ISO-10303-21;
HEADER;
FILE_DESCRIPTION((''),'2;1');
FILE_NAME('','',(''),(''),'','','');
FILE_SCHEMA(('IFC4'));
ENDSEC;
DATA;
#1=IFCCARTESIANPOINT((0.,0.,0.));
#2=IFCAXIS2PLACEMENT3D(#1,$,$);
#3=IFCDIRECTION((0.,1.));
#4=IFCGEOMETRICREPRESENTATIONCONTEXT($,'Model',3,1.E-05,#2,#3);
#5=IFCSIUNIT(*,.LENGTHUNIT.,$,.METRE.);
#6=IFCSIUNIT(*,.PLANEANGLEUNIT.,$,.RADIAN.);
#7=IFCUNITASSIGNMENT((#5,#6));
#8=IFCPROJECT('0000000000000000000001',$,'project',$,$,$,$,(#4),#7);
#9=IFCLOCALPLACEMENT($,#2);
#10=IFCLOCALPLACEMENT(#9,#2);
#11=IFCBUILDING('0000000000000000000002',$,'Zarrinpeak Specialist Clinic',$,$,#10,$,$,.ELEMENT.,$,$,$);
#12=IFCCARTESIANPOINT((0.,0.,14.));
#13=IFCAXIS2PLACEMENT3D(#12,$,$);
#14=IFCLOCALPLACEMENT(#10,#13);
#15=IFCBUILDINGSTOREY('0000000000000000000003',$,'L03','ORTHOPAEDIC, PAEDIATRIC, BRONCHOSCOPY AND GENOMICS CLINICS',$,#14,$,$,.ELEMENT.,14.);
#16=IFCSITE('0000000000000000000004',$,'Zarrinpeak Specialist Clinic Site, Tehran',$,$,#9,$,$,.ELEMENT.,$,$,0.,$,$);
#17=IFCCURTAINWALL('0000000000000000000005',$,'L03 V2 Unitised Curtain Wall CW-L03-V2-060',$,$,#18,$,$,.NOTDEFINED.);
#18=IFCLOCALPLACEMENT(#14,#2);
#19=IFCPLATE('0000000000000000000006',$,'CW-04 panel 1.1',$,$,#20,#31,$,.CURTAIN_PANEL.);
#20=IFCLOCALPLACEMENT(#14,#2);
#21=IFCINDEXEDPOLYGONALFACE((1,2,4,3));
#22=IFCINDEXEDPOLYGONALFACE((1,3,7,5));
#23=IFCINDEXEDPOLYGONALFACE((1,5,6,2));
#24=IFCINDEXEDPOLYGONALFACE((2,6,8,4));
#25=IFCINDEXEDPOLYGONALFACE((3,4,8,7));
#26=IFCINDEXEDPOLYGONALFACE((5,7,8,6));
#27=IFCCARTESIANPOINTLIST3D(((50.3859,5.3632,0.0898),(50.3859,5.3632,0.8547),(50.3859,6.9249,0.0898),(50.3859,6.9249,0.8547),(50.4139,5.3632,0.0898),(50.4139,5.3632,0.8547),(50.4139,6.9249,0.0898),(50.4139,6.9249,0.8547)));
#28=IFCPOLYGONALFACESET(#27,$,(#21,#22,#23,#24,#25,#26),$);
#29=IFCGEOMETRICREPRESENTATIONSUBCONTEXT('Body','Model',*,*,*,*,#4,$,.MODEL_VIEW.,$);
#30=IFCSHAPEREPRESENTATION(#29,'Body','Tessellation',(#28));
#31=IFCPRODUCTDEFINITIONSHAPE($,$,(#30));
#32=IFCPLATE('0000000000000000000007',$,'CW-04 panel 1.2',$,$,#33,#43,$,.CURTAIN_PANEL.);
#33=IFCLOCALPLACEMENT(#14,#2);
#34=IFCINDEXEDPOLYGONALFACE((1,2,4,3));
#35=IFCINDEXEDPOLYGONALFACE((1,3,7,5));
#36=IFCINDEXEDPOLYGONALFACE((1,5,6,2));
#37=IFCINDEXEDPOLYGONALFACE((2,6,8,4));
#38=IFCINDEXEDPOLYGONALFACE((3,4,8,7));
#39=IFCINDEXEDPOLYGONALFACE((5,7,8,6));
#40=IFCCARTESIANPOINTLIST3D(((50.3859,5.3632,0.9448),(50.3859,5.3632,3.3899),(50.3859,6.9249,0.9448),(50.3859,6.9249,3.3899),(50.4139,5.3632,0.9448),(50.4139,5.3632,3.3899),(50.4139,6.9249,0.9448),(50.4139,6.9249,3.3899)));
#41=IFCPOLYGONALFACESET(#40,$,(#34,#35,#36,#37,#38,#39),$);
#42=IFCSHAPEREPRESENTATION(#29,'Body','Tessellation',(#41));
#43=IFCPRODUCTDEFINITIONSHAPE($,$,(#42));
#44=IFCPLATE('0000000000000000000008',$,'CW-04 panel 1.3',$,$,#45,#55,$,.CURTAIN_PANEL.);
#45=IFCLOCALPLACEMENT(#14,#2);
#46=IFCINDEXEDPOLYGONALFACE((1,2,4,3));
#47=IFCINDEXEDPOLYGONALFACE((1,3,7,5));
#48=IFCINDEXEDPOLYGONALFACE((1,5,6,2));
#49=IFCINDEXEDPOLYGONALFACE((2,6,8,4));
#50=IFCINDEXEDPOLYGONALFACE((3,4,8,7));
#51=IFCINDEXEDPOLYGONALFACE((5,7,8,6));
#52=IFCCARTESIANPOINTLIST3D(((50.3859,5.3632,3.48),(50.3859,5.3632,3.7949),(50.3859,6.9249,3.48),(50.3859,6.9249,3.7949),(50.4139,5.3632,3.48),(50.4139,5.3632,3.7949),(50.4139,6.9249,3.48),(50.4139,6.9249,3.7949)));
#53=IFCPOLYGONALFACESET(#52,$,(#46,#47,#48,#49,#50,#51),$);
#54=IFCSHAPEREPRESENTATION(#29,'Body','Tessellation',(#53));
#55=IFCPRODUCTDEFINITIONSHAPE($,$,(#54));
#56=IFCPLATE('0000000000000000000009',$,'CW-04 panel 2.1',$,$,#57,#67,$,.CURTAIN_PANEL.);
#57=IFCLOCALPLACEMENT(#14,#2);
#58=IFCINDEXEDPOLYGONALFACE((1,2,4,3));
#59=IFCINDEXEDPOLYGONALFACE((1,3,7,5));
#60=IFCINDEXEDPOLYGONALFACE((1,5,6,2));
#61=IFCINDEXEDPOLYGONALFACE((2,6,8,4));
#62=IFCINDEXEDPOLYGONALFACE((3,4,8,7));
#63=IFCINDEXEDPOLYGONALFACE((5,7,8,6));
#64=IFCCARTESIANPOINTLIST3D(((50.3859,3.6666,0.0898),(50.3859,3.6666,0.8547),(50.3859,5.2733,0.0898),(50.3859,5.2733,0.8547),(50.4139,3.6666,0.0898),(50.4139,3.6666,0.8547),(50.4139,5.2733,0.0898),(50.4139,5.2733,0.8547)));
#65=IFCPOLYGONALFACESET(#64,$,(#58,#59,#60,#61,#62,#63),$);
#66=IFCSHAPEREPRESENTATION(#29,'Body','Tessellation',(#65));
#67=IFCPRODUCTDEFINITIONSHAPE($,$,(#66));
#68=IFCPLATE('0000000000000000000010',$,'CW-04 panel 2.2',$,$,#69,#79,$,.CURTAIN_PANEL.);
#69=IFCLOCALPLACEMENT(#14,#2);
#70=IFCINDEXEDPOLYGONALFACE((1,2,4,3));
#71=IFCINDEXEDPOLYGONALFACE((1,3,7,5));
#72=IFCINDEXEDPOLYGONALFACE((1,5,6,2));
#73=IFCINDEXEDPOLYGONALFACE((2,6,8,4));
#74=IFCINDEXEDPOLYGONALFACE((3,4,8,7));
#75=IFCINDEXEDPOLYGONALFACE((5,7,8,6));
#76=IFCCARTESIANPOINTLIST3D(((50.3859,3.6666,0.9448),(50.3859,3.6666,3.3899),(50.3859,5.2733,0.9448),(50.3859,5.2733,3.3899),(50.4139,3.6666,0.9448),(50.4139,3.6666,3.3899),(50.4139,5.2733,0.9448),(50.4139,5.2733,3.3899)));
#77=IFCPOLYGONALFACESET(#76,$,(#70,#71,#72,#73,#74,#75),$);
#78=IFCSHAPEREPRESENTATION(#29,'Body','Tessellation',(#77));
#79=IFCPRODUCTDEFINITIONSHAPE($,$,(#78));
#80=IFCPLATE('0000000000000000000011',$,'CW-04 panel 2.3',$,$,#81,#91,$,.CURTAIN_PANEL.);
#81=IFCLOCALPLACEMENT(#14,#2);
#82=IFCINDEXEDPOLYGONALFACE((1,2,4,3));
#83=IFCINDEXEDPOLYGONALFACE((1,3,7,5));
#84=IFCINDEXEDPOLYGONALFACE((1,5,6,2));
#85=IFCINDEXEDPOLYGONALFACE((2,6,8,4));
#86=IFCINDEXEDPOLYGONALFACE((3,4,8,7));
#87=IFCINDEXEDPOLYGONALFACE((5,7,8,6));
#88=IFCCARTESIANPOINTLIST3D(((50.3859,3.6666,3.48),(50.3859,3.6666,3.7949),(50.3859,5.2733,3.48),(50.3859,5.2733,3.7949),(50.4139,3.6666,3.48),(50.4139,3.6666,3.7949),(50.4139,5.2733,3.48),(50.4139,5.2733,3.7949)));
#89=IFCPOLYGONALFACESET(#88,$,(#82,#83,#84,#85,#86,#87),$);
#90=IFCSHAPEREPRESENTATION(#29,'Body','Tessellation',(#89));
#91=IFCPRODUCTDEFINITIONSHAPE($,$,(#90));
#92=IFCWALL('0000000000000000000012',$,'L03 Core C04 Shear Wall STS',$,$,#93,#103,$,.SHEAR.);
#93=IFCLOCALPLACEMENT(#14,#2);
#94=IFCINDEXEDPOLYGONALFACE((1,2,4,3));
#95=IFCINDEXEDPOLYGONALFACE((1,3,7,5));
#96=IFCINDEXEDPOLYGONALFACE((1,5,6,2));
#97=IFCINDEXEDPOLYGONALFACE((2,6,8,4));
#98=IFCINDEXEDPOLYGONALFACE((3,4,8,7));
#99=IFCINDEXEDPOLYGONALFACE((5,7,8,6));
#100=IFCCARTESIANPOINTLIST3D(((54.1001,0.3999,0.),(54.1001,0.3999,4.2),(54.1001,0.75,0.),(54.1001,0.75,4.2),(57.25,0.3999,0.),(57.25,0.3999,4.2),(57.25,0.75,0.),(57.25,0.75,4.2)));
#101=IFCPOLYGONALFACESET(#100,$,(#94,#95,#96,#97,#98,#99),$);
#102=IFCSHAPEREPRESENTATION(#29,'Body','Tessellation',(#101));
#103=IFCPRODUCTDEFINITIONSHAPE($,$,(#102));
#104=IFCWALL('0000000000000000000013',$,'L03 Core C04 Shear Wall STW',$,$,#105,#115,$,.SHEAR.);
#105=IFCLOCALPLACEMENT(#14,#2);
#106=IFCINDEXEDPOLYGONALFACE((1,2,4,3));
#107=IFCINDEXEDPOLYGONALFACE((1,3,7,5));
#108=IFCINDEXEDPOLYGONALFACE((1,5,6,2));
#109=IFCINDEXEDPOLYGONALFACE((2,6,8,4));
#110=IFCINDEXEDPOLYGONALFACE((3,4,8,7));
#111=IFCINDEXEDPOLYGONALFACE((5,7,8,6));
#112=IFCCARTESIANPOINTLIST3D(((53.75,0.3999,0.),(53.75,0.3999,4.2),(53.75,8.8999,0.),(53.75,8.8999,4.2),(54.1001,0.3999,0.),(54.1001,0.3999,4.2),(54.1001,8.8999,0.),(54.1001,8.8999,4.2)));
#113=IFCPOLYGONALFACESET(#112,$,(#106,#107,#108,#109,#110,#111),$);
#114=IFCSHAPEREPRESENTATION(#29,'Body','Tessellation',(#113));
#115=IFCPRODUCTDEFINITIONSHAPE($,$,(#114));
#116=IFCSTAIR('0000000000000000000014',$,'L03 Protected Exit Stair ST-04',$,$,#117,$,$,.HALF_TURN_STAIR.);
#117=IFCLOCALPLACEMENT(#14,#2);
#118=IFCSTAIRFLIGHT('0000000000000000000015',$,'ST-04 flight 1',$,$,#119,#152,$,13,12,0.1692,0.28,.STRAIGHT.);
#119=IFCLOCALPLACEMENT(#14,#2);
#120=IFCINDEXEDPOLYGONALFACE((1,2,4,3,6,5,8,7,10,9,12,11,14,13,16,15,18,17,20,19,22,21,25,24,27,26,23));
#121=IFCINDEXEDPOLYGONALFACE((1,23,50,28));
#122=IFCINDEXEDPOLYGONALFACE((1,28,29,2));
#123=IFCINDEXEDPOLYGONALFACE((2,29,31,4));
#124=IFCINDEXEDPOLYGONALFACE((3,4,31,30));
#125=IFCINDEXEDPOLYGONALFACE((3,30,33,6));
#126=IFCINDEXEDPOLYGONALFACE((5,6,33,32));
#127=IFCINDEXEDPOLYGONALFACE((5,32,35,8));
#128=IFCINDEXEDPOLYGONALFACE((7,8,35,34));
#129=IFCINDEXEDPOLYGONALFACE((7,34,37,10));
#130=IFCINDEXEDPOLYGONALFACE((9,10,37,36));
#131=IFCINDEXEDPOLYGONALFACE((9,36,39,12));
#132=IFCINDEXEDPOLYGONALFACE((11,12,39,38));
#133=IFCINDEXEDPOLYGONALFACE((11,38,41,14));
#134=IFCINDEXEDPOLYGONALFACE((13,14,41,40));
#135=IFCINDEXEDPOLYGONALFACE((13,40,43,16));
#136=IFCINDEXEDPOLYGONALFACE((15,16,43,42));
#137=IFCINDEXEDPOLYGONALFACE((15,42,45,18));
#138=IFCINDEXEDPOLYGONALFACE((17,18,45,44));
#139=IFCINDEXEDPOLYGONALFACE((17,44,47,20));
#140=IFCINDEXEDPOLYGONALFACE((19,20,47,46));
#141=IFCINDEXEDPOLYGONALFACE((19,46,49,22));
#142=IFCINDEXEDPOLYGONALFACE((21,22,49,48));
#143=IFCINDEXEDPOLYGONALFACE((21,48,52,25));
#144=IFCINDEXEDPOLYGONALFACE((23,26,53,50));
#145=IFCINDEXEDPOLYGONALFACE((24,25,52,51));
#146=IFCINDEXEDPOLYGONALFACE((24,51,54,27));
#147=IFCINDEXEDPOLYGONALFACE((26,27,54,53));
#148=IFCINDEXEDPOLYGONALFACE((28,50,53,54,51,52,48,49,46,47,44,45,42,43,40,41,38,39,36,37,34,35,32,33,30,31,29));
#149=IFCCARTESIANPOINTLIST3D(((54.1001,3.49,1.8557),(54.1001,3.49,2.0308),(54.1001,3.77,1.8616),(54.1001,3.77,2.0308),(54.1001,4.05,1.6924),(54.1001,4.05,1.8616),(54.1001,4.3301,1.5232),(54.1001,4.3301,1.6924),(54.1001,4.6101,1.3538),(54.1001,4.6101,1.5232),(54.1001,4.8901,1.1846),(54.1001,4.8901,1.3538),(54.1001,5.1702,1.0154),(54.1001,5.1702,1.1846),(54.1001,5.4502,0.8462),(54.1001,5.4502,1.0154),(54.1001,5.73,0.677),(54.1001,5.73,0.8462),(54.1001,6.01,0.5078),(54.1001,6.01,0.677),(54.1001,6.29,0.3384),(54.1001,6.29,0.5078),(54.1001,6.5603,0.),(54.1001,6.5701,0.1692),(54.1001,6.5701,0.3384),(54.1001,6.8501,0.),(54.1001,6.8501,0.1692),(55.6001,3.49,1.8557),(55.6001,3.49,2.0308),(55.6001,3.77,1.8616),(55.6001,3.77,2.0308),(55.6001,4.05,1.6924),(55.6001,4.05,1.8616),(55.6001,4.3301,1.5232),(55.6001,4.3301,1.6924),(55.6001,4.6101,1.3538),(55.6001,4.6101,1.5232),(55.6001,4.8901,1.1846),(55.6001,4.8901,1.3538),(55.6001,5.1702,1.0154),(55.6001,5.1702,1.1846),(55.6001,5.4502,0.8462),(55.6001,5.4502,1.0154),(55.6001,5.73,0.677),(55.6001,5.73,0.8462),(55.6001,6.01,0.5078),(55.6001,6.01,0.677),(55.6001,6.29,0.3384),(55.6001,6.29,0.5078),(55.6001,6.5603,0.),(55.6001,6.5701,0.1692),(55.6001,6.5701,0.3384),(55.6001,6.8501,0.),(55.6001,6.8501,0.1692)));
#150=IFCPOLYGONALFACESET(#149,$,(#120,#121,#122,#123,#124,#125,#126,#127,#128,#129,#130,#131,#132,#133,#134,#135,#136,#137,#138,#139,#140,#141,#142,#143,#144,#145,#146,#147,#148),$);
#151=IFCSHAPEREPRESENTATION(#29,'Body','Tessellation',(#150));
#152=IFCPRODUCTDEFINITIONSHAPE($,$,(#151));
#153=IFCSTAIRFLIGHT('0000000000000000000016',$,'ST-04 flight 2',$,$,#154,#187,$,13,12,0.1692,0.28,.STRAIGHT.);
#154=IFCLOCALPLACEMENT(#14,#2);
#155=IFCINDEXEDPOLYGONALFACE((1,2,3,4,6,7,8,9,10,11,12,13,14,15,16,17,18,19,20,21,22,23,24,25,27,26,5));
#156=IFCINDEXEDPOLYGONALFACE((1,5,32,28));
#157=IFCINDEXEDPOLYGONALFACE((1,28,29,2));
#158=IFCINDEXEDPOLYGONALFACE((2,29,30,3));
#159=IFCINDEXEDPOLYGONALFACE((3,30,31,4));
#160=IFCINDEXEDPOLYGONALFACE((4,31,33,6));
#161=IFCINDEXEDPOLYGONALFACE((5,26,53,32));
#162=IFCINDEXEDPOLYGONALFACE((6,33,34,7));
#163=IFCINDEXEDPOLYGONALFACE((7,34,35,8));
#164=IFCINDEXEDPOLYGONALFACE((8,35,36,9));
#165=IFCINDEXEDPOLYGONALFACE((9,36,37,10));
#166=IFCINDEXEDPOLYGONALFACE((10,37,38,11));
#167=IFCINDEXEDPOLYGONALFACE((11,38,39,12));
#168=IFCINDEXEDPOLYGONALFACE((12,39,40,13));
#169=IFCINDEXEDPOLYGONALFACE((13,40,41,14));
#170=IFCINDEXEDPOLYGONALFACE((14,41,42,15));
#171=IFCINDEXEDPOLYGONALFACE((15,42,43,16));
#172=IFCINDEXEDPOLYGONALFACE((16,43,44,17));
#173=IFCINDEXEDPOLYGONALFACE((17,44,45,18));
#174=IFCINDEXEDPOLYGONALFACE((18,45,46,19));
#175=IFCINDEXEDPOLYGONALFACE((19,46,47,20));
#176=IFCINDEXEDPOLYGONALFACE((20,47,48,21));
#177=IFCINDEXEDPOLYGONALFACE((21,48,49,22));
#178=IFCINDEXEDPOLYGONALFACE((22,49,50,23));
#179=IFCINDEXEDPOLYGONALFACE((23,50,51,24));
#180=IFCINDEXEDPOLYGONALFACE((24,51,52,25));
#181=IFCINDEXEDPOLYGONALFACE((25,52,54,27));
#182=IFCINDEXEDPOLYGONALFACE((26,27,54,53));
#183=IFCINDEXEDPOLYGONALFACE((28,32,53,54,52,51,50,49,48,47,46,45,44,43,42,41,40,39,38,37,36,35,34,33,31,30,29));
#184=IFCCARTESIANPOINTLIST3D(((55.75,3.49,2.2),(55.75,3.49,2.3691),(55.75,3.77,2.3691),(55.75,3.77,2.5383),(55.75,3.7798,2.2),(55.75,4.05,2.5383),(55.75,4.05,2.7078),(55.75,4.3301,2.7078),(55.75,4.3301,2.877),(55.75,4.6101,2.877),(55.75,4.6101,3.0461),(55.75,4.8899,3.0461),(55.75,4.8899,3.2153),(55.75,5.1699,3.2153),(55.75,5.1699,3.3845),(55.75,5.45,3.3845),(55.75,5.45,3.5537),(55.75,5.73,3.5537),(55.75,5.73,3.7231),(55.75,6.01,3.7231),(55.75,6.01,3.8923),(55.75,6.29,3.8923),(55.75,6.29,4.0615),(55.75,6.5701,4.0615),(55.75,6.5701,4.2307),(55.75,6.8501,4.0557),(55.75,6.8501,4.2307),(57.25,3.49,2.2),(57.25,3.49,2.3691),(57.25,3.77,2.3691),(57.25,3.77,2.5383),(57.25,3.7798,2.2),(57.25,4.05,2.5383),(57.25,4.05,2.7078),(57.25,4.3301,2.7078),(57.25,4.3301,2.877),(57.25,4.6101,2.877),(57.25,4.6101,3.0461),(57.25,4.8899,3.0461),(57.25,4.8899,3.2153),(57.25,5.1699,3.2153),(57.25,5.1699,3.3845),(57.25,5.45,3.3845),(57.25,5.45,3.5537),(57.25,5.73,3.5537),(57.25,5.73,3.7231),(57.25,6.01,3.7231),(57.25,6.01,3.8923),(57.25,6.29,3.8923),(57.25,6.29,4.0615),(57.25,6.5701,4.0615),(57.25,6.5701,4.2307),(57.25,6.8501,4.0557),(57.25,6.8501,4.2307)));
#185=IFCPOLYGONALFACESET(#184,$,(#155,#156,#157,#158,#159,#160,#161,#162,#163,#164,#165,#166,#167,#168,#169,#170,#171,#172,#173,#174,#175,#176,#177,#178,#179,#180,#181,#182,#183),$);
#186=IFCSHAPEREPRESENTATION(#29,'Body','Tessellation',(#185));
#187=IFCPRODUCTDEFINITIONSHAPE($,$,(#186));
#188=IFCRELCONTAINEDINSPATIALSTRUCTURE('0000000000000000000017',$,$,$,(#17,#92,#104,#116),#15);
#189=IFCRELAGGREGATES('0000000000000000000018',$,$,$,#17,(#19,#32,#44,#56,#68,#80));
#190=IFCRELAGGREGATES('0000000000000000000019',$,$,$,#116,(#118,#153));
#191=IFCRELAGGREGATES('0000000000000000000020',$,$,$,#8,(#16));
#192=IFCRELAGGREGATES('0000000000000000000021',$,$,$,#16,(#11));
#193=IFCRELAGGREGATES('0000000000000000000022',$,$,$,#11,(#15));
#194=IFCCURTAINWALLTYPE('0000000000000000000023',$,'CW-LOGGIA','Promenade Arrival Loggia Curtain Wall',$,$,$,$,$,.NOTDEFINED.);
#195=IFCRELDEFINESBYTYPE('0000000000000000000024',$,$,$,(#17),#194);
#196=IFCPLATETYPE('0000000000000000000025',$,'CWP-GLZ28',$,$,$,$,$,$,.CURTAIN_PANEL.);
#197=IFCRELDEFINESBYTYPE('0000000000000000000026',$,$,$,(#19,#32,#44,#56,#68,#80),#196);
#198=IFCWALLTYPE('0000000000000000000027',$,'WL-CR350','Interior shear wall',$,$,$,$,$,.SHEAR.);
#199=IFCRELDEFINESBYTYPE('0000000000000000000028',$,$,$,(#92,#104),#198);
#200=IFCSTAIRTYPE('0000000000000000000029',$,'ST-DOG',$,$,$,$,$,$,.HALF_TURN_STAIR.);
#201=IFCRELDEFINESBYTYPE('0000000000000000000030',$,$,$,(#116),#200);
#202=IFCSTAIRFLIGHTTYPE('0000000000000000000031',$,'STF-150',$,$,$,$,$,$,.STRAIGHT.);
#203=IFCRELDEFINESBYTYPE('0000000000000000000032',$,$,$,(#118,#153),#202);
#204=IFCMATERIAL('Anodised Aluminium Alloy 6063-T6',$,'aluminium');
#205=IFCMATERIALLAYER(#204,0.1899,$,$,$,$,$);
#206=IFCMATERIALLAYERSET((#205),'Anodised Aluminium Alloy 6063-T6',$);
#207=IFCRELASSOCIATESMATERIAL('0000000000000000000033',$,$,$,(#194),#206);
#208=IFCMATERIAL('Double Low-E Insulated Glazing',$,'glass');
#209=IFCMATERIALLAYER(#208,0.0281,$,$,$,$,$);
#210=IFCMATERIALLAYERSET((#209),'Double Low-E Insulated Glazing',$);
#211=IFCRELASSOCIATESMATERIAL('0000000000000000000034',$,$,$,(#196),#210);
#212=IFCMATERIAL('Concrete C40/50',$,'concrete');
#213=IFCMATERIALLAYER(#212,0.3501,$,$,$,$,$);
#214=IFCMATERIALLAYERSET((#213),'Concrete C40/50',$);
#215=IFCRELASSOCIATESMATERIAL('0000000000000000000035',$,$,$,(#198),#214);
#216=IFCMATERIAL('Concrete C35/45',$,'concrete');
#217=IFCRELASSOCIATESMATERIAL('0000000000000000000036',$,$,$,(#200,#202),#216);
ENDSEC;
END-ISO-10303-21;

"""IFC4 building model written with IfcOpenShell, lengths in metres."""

from ifc_helpers import new_model, si_unit, direction, frame, frame_2d, origin, origin_2d, place, context, subcontext, project, spatial, polyline, rectangle, outline, extrude, material, layer, layer_set, type_object, element, aggregate, save


model = new_model("IFC4")

# Units and contexts
model_context = context("Model", 3, precision=1e-05, world=origin(), true_north=direction((0.0, 1.0)))
body_context = subcontext(model_context, "Body", "Model", "MODEL_VIEW")
ifc_project = project(units=[si_unit("LENGTHUNIT", "METRE"), si_unit("PLANEANGLEUNIT", "RADIAN")], contexts=[model_context])

# Site, building, storey
site_placement = place(None, origin())
site = spatial("IfcSite", under=ifc_project, at=site_placement, Name="Zarrinpeak Specialist Clinic Site, Tehran", CompositionType="ELEMENT", RefElevation=0.0)
building_placement = place(site_placement, origin())
building = spatial("IfcBuilding", under=site, at=building_placement, Name="Zarrinpeak Specialist Clinic", CompositionType="ELEMENT")
storey_placement = place(building_placement, frame((0.0, 0.0, 14.0)))
storey = spatial("IfcBuildingStorey", under=building, at=storey_placement, Name="L03", Description="ORTHOPAEDIC, PAEDIATRIC, BRONCHOSCOPY AND GENOMICS CLINICS", CompositionType="ELEMENT", Elevation=14.0)

# Curtain wall, plates
ifc_material_1 = material(Name="Anodised Aluminium Alloy 6063-T6", Category="aluminium")
ifc_layer_1 = layer(ifc_material_1, 0.1899)
ifc_layer_set_1 = layer_set([ifc_layer_1], Name="Anodised Aluminium Alloy 6063-T6")
curtain_wall_type = type_object("IfcCurtainWallType", Name="CW-LOGGIA", Description="Promenade Arrival Loggia Curtain Wall", PredefinedType="NOTDEFINED", material=ifc_layer_set_1)
curtain_wall_placement = place(storey_placement, origin())
curtain_wall = element("IfcCurtainWall", 1, at=curtain_wall_placement, inside=storey, type_object=curtain_wall_type, Name="L03 V2 Unitised Curtain Wall CW-L03-V2-060", PredefinedType="NOTDEFINED")
ifc_material_2 = material(Name="Double Low-E Insulated Glazing", Category="glass")
ifc_layer_2 = layer(ifc_material_2, 0.0281)
ifc_layer_set_2 = layer_set([ifc_layer_2], Name="Double Low-E Insulated Glazing")
plate_type = type_object("IfcPlateType", Name="CWP-GLZ28", PredefinedType="CURTAIN_PANEL", material=ifc_layer_set_2)
plate_1_placement = place(storey_placement, frame((50.3999, 6.144, 0.0898), z_axis=(0.0, 0.0, 1.0), x_axis=(0.0, -1.0, 0.0)))
plate_1 = element("IfcPlate", 2, at=plate_1_placement, type_object=plate_type, Name="CW-04 panel 1.1", PredefinedType="CURTAIN_PANEL", context=body_context, shape_type="SweptSolid", body=[
    extrude(rectangle(XDim=1.5618, YDim=0.0281, at=origin_2d()), origin(), (0.0, 0.0, 1.0), 0.7649),
])
plate_2_placement = place(storey_placement, frame((50.3999, 6.144, 0.9448), z_axis=(0.0, 0.0, 1.0), x_axis=(0.0, -1.0, 0.0)))
plate_2 = element("IfcPlate", 3, at=plate_2_placement, type_object=plate_type, Name="CW-04 panel 1.2", PredefinedType="CURTAIN_PANEL", context=body_context, shape_type="SweptSolid", body=[
    extrude(rectangle(XDim=1.5618, YDim=0.0281, at=origin_2d()), origin(), (0.0, 0.0, 1.0), 2.4451),
])
plate_3_placement = place(storey_placement, frame((50.3999, 6.144, 3.48), z_axis=(0.0, 0.0, 1.0), x_axis=(0.0, -1.0, 0.0)))
plate_3 = element("IfcPlate", 4, at=plate_3_placement, type_object=plate_type, Name="CW-04 panel 1.3", PredefinedType="CURTAIN_PANEL", context=body_context, shape_type="SweptSolid", body=[
    extrude(rectangle(XDim=1.5618, YDim=0.0281, at=origin_2d()), origin(), (0.0, 0.0, 1.0), 0.3149),
])
plate_4_placement = place(storey_placement, frame((50.3999, 4.47, 0.0898), z_axis=(0.0, 0.0, 1.0), x_axis=(0.0, -1.0, 0.0)))
plate_4 = element("IfcPlate", 5, at=plate_4_placement, type_object=plate_type, Name="CW-04 panel 2.1", PredefinedType="CURTAIN_PANEL", context=body_context, shape_type="SweptSolid", body=[
    extrude(rectangle(XDim=1.6067, YDim=0.0281, at=origin_2d()), origin(), (0.0, 0.0, 1.0), 0.7649),
])
plate_5_placement = place(storey_placement, frame((50.3999, 4.47, 0.9448), z_axis=(0.0, 0.0, 1.0), x_axis=(0.0, -1.0, 0.0)))
plate_5 = element("IfcPlate", 6, at=plate_5_placement, type_object=plate_type, Name="CW-04 panel 2.2", PredefinedType="CURTAIN_PANEL", context=body_context, shape_type="SweptSolid", body=[
    extrude(rectangle(XDim=1.6067, YDim=0.0281, at=origin_2d()), origin(), (0.0, 0.0, 1.0), 2.4451),
])
plate_6_placement = place(storey_placement, frame((50.3999, 4.47, 3.48), z_axis=(0.0, 0.0, 1.0), x_axis=(0.0, -1.0, 0.0)))
plate_6 = element("IfcPlate", 7, at=plate_6_placement, type_object=plate_type, Name="CW-04 panel 2.3", PredefinedType="CURTAIN_PANEL", context=body_context, shape_type="SweptSolid", body=[
    extrude(rectangle(XDim=1.6067, YDim=0.0281, at=origin_2d()), origin(), (0.0, 0.0, 1.0), 0.3149),
])
aggregate(curtain_wall, [plate_1, plate_2, plate_3, plate_4, plate_5, plate_6])

# Walls
ifc_material_3 = material(Name="Concrete C40/50", Category="concrete")
ifc_layer_3 = layer(ifc_material_3, 0.3501)
ifc_layer_set_3 = layer_set([ifc_layer_3], Name="Concrete C40/50")
wall_type = type_object("IfcWallType", Name="WL-CR350", Description="Interior shear wall", PredefinedType="SHEAR", material=ifc_layer_set_3)
wall_1_placement = place(storey_placement, frame((54.1001, 0.575, 0.0), z_axis=(0.0, 0.0, 1.0), x_axis=(1.0, 0.0, 0.0)))
element("IfcWall", 8, at=wall_1_placement, inside=storey, type_object=wall_type, Name="L03 Core C04 Shear Wall STS", PredefinedType="SHEAR", context=body_context, shape_type="SweptSolid", body=[
    extrude(rectangle(XDim=3.1499, YDim=0.3501, at=frame_2d((1.575, 0.0))), origin(), (0.0, 0.0, 1.0), 4.2),
])
wall_2_placement = place(storey_placement, frame((53.925, 0.3999, 0.0), z_axis=(0.0, 0.0, 1.0), x_axis=(0.0, 1.0, 0.0)))
element("IfcWall", 9, at=wall_2_placement, inside=storey, type_object=wall_type, Name="L03 Core C04 Shear Wall STW", PredefinedType="SHEAR", context=body_context, shape_type="SweptSolid", body=[
    extrude(rectangle(XDim=8.5, YDim=0.3501, at=frame_2d((4.25, 0.0))), origin(), (0.0, 0.0, 1.0), 4.2),
])

# Stair, stair flights
ifc_material_4 = material(Name="Concrete C35/45", Category="concrete")
stair_type = type_object("IfcStairType", Name="ST-DOG", PredefinedType="HALF_TURN_STAIR", material=ifc_material_4)
stair_placement = place(storey_placement, origin())
stair = element("IfcStair", 10, at=stair_placement, inside=storey, type_object=stair_type, Name="L03 Protected Exit Stair ST-04", PredefinedType="HALF_TURN_STAIR")
stair_flight_type = type_object("IfcStairFlightType", Name="STF-150", PredefinedType="STRAIGHT", material=ifc_material_4)
stair_flight_1_placement = place(storey_placement, frame((54.8501, 6.8501, 0.0), z_axis=(0.0, 0.0, 1.0), x_axis=(0.0, -1.0, 0.0)))
stair_flight_1 = element("IfcStairFlight", 11, at=stair_flight_1_placement, type_object=stair_flight_type, Name="ST-04 flight 1", NumberOfRisers=13, NumberOfTreads=12, PredefinedType="STRAIGHT", RiserHeight=0.1692, TreadLength=0.28, context=body_context, shape_type="SweptSolid", body=[
    extrude(outline(polyline([(0.0, 0.0), (0.0, 0.1692), (0.28, 0.1692), (0.28, 0.3384), (0.5601, 0.3384), (0.5601, 0.5078), (0.8401, 0.5078), (0.8401, 0.677), (1.1201, 0.677), (1.1201, 0.8462), (1.3999, 0.8462), (1.3999, 1.0154), (1.6799, 1.0154), (1.6799, 1.1846), (1.96, 1.1846), (1.96, 1.3538), (2.24, 1.3538), (2.24, 1.5232), (2.52, 1.5232), (2.52, 1.6924), (2.8, 1.6924), (2.8, 1.8616), (3.0801, 1.8616), (3.0801, 2.0308), (3.3601, 2.0308), (3.3601, 2.2), (3.3601, 1.8557), (0.2898, 0.0), (0.0, 0.0)])), frame((0.0, 0.75, 0.0), z_axis=(0.0, -1.0, 0.0), x_axis=(1.0, 0.0, 0.0)), (0.0, 0.0, 1.0), 1.5),
])
stair_flight_2_placement = place(storey_placement, frame((56.5, 3.49, 2.2), z_axis=(0.0, 0.0, 1.0), x_axis=(0.0, 1.0, 0.0)))
stair_flight_2 = element("IfcStairFlight", 12, at=stair_flight_2_placement, type_object=stair_flight_type, Name="ST-04 flight 2", NumberOfRisers=13, NumberOfTreads=12, PredefinedType="STRAIGHT", RiserHeight=0.1692, TreadLength=0.28, context=body_context, shape_type="SweptSolid", body=[
    extrude(outline(polyline([(0.0, 0.0), (0.0, 0.1692), (0.28, 0.1692), (0.28, 0.3384), (0.5601, 0.3384), (0.5601, 0.5078), (0.8401, 0.5078), (0.8401, 0.677), (1.1201, 0.677), (1.1201, 0.8462), (1.3999, 0.8462), (1.3999, 1.0154), (1.6799, 1.0154), (1.6799, 1.1846), (1.96, 1.1846), (1.96, 1.3538), (2.24, 1.3538), (2.24, 1.5232), (2.52, 1.5232), (2.52, 1.6924), (2.8, 1.6924), (2.8, 1.8616), (3.0801, 1.8616), (3.0801, 2.0308), (3.3601, 2.0308), (3.3601, 2.2), (3.3601, 1.8557), (0.2898, 0.0), (0.0, 0.0)])), frame((0.0, 0.75, 0.0), z_axis=(0.0, -1.0, 0.0), x_axis=(1.0, 0.0, 0.0)), (0.0, 0.0, 1.0), 1.5),
])
aggregate(stair, [stair_flight_1, stair_flight_2])

save(model, "model.ifc")
